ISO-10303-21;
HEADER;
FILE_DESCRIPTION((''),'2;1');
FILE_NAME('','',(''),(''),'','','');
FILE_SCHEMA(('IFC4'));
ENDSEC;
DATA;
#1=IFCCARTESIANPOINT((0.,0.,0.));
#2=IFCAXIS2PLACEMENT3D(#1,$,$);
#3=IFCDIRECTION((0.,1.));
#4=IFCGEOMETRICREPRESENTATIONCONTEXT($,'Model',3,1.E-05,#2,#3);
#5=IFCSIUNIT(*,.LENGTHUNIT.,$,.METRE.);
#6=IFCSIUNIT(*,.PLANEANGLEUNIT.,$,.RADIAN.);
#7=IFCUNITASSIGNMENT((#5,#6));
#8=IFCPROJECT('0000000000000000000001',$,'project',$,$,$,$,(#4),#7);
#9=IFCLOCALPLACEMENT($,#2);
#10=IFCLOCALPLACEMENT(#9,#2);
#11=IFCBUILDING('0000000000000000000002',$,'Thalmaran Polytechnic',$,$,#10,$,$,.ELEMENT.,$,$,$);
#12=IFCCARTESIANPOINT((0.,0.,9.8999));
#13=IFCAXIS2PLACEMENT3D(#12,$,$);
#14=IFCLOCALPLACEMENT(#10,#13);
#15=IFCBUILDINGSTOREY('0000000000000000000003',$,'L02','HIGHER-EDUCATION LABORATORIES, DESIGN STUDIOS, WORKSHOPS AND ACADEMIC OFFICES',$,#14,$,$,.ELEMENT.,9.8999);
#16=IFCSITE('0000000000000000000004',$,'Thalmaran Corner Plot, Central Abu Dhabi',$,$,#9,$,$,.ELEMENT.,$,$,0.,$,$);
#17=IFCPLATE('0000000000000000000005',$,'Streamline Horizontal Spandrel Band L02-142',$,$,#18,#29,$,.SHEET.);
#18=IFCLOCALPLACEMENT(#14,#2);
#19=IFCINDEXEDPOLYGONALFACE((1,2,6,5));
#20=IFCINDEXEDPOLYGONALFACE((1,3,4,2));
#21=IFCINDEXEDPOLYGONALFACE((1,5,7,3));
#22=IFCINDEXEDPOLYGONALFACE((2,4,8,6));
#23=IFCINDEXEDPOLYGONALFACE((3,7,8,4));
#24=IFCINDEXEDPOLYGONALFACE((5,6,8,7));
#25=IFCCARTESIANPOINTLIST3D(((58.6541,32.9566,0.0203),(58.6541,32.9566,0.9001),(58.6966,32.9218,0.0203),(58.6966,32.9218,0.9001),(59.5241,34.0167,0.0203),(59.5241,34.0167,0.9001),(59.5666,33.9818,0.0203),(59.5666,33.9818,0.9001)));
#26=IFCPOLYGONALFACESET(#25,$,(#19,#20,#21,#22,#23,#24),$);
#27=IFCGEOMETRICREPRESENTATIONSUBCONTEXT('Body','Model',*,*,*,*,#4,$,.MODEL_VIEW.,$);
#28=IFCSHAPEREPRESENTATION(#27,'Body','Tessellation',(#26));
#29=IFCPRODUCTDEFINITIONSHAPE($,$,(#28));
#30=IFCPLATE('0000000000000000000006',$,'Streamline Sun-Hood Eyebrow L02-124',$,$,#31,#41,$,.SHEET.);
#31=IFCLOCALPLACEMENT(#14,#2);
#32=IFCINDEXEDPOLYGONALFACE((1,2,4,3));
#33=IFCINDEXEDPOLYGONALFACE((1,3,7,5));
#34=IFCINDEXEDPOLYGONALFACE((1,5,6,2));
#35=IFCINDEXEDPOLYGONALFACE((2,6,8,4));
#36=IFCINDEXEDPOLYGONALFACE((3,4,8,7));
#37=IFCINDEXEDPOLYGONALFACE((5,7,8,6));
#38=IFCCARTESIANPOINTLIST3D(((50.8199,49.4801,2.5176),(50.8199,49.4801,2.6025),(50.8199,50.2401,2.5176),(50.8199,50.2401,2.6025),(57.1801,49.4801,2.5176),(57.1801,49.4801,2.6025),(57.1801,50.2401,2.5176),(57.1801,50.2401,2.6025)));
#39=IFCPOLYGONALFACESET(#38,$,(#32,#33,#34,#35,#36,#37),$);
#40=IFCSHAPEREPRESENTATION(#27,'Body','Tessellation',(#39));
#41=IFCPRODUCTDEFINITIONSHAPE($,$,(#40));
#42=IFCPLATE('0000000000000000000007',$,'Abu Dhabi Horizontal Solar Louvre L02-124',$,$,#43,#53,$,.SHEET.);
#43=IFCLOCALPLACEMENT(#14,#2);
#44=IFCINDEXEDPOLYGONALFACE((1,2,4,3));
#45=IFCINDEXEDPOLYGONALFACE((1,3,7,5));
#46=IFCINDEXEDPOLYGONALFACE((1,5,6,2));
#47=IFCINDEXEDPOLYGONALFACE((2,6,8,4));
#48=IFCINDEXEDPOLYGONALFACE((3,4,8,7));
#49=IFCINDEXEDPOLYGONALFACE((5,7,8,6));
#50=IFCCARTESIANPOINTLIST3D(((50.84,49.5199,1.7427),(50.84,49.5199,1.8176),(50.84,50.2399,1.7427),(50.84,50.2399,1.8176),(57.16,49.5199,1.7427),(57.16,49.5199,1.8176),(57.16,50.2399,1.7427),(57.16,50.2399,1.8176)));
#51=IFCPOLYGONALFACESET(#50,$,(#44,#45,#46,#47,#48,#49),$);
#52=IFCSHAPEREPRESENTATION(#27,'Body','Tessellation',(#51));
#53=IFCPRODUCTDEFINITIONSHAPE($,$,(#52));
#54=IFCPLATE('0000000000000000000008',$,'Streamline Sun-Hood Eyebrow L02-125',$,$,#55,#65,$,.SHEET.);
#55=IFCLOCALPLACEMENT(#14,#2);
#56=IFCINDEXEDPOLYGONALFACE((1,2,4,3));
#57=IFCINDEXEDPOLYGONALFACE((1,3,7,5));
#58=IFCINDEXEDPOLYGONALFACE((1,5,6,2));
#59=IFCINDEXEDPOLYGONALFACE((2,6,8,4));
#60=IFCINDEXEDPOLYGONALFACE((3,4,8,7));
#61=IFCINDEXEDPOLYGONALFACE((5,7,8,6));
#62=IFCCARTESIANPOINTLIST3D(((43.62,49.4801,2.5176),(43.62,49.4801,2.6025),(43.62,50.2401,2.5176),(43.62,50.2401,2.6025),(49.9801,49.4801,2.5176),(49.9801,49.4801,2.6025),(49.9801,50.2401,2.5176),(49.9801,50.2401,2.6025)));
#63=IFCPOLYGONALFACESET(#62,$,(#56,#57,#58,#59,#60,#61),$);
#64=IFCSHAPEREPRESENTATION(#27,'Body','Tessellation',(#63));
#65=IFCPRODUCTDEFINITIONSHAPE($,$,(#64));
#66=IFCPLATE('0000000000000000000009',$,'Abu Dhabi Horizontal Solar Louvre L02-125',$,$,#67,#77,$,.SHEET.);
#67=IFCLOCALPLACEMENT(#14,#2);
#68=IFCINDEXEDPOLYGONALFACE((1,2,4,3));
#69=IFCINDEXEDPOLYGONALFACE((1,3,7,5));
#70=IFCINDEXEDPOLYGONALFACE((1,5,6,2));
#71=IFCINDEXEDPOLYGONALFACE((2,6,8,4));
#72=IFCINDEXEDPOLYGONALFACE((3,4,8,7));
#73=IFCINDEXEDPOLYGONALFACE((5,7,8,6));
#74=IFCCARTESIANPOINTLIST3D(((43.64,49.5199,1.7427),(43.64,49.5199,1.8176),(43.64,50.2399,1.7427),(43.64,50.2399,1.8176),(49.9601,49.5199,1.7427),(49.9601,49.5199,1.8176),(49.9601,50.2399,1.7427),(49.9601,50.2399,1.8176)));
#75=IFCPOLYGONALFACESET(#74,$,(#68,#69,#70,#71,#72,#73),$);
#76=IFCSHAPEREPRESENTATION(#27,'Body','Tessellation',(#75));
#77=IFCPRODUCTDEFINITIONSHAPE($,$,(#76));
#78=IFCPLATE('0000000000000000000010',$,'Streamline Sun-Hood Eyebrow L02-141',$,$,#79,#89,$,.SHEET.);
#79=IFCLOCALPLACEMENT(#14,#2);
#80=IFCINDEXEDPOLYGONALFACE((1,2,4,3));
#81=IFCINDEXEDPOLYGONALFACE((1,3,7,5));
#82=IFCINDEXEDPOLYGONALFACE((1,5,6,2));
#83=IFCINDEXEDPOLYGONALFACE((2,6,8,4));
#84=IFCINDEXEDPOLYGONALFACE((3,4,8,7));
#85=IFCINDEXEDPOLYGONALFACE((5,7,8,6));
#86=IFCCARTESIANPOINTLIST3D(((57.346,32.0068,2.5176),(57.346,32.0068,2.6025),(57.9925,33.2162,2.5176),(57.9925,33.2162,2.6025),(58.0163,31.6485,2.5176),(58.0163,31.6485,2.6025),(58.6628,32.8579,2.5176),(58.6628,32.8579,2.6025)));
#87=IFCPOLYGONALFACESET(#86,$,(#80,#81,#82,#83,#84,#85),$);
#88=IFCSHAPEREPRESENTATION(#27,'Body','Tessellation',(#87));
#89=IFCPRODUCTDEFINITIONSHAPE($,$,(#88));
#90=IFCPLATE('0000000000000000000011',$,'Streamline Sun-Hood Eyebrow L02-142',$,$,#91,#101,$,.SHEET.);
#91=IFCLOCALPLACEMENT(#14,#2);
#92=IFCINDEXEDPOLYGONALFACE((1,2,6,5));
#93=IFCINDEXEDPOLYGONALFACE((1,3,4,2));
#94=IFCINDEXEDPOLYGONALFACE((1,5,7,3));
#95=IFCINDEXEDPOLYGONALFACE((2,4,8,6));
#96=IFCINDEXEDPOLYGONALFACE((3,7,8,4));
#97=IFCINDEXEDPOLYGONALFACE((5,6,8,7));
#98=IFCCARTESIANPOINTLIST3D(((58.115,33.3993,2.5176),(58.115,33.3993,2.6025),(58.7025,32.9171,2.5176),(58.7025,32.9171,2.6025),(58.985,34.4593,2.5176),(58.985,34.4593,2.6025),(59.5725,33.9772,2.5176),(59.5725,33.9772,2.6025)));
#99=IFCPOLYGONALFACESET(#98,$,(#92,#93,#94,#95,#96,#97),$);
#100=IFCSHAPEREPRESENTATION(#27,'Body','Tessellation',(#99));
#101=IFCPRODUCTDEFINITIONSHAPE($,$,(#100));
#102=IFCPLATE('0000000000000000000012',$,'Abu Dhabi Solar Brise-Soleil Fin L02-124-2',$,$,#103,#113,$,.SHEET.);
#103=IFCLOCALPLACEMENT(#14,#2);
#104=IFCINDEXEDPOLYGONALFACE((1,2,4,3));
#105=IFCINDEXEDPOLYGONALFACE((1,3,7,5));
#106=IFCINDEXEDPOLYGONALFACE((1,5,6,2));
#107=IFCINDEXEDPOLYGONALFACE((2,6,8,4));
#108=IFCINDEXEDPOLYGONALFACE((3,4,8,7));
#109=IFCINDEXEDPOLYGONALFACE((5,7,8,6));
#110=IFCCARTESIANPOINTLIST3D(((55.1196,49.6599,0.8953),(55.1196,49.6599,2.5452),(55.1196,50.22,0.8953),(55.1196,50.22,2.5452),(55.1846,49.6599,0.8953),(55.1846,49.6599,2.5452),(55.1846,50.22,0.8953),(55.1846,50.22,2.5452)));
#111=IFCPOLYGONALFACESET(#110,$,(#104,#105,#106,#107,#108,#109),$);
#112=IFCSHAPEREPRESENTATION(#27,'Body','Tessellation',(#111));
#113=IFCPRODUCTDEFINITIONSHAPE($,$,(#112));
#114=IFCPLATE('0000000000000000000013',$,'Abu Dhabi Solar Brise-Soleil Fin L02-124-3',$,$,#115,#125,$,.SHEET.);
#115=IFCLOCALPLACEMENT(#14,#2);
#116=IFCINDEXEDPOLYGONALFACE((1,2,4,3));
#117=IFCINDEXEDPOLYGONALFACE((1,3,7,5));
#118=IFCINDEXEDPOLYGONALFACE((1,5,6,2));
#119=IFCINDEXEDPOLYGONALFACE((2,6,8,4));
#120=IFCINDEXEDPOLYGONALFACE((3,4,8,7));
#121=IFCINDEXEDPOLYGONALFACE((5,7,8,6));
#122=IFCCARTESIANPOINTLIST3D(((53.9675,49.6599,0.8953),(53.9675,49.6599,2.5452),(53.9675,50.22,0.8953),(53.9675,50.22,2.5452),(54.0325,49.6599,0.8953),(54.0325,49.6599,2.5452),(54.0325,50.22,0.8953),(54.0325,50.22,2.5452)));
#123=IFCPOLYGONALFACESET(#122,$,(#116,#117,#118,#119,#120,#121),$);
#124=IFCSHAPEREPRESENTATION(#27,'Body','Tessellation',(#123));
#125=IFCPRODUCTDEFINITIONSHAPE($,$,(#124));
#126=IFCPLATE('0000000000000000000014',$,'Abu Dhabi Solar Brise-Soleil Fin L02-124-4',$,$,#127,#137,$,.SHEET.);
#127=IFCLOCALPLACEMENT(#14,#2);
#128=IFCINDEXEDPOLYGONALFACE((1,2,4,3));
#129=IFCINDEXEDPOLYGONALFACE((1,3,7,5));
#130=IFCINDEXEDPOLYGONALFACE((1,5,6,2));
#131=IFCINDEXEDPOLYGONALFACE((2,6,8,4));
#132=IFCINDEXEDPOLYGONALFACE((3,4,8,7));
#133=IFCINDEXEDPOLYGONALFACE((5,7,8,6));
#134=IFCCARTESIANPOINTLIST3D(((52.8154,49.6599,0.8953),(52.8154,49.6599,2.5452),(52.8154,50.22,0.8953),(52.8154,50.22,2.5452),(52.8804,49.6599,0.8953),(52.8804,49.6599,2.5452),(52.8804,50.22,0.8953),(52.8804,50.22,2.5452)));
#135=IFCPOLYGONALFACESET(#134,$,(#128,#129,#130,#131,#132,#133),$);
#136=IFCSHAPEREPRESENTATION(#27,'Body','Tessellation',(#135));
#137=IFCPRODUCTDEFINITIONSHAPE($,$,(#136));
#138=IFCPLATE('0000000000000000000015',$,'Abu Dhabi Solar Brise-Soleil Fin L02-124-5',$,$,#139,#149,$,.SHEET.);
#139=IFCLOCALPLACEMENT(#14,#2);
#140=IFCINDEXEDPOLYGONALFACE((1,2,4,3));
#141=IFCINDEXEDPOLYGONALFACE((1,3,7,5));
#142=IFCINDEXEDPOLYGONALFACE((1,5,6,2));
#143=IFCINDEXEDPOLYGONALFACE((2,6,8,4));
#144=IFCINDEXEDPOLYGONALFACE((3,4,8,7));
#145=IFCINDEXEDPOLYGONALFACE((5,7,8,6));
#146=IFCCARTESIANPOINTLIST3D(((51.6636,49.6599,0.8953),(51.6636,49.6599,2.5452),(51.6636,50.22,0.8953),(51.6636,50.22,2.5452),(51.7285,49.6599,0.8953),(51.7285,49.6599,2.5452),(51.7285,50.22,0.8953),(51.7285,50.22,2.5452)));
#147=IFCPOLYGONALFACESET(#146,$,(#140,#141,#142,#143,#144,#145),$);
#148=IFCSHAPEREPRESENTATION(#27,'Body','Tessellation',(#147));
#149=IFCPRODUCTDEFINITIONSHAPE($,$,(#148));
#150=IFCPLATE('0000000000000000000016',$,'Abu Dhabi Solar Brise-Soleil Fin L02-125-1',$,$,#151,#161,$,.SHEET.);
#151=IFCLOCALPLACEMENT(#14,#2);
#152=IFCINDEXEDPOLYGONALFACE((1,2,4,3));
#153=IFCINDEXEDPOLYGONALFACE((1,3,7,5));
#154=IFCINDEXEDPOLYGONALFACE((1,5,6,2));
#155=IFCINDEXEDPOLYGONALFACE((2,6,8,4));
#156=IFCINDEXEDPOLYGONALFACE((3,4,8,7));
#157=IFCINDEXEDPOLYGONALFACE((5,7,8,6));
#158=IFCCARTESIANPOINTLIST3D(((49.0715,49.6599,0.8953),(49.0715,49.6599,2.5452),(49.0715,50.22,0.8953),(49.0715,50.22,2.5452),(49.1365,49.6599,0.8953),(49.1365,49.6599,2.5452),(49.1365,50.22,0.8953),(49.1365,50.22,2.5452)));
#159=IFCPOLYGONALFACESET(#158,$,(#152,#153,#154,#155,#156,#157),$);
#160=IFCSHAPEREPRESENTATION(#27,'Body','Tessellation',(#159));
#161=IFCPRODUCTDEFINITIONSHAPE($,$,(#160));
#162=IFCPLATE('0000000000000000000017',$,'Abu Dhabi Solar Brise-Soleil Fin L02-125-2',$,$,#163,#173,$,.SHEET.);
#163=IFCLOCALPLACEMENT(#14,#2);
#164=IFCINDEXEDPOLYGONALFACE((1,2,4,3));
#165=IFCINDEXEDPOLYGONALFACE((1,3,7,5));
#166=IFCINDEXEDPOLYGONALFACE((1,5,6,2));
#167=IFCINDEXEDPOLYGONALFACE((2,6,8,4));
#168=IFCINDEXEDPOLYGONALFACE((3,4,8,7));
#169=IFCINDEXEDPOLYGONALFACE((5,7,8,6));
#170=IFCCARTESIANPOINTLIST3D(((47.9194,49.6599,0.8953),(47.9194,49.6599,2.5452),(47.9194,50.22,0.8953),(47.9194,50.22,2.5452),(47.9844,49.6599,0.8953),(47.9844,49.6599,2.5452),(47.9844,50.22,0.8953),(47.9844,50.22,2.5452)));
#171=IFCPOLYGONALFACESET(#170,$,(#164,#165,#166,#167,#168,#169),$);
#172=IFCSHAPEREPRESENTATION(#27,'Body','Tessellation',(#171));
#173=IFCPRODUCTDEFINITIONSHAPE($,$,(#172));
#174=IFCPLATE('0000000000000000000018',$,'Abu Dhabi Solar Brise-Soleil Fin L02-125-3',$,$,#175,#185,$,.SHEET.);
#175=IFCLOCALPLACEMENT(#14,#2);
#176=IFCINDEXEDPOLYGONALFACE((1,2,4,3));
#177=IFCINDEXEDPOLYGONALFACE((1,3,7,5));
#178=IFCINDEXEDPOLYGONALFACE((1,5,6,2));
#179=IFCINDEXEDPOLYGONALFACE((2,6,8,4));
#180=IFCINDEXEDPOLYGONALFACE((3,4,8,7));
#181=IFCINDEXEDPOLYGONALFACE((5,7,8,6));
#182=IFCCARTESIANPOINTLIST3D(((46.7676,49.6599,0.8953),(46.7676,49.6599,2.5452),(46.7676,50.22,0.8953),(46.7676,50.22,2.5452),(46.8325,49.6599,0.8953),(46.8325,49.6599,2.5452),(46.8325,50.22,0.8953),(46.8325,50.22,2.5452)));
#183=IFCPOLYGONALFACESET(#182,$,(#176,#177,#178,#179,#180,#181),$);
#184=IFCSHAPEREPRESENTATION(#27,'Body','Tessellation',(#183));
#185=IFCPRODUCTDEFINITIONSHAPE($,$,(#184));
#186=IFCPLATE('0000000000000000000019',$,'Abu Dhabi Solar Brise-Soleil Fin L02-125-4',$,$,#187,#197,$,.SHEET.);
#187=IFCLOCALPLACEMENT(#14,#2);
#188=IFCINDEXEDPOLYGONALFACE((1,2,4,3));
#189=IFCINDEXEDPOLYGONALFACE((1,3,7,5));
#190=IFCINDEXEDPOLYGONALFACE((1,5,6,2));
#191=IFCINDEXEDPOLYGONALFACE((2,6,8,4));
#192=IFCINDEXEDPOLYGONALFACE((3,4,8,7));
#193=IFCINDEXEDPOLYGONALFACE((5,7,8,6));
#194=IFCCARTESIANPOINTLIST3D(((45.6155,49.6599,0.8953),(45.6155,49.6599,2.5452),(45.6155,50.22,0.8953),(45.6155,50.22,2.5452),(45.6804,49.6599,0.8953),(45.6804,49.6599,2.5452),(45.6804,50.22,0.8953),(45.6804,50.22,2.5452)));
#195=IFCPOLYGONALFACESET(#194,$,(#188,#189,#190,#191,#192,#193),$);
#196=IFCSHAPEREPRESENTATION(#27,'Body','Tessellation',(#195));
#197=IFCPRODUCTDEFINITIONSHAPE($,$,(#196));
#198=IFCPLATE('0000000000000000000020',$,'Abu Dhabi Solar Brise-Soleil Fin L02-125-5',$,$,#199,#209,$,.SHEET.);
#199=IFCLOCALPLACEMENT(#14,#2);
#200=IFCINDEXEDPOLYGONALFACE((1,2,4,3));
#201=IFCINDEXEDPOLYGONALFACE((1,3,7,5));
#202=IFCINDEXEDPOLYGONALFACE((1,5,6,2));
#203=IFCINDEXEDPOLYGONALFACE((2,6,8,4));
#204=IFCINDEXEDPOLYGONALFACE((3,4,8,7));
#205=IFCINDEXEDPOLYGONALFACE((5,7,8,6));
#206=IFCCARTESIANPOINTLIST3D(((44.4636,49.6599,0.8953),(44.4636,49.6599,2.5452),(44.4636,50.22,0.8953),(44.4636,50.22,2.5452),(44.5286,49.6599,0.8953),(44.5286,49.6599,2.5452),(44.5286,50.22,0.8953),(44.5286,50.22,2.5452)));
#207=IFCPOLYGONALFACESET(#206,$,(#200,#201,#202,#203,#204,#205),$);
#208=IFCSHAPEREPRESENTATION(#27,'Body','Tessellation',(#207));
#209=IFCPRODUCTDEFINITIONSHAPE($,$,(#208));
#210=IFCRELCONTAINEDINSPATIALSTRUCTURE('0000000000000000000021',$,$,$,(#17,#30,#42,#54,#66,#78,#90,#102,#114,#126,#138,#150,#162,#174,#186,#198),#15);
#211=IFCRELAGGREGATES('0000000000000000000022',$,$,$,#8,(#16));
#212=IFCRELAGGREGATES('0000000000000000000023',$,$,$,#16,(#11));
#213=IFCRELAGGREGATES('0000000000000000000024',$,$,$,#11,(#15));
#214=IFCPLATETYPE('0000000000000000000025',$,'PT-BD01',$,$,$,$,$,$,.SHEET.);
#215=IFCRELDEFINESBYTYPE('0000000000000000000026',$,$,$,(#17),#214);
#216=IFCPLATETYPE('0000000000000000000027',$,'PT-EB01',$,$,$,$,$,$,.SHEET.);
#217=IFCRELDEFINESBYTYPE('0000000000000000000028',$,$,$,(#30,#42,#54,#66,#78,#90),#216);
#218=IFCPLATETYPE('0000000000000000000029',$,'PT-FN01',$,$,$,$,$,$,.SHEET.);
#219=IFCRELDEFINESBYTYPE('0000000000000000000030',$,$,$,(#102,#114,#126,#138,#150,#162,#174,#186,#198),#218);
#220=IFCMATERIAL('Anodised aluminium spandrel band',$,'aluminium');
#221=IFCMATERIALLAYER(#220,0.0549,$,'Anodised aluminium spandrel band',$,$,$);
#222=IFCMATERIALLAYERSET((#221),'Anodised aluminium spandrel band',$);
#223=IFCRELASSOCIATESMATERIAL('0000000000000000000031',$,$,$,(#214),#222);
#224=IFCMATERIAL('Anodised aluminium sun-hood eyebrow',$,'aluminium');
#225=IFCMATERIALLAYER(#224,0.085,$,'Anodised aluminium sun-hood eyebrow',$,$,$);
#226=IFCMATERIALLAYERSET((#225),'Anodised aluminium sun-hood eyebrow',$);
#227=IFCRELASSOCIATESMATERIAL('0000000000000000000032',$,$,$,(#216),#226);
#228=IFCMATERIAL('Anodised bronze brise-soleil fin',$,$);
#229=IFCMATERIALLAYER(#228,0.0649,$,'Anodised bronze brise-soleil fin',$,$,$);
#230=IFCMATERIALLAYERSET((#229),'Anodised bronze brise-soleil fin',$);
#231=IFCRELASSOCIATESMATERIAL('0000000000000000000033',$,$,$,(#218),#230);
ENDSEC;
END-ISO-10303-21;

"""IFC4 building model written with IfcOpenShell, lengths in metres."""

from ifc_helpers import new_model, si_unit, direction, frame, origin, origin_2d, place, context, subcontext, project, spatial, rectangle, extrude, material, layer, layer_set, type_object, element, save


model = new_model("IFC4")

# Units and contexts
model_context = context("Model", 3, precision=1e-05, world=origin(), true_north=direction((0.0, 1.0)))
body_context = subcontext(model_context, "Body", "Model", "MODEL_VIEW")
ifc_project = project(units=[si_unit("LENGTHUNIT", "METRE"), si_unit("PLANEANGLEUNIT", "RADIAN")], contexts=[model_context])

# Site, building, storey
site_placement = place(None, origin())
site = spatial("IfcSite", under=ifc_project, at=site_placement, Name="Thalmaran Corner Plot, Central Abu Dhabi", CompositionType="ELEMENT", RefElevation=0.0)
building_placement = place(site_placement, origin())
building = spatial("IfcBuilding", under=site, at=building_placement, Name="Thalmaran Polytechnic", CompositionType="ELEMENT")
storey_placement = place(building_placement, frame((0.0, 0.0, 9.8999)))
storey = spatial("IfcBuildingStorey", under=building, at=storey_placement, Name="L02", Description="HIGHER-EDUCATION LABORATORIES, DESIGN STUDIOS, WORKSHOPS AND ACADEMIC OFFICES", CompositionType="ELEMENT", Elevation=9.8999)

# Plates
ifc_material_1 = material(Name="Anodised aluminium spandrel band", Category="aluminium")
ifc_layer_1 = layer(ifc_material_1, 0.0549, Name="Anodised aluminium spandrel band")
ifc_layer_set_1 = layer_set([ifc_layer_1], Name="Anodised aluminium spandrel band")
plate_type_1 = type_object("IfcPlateType", Name="PT-BD01", PredefinedType="SHEET", material=ifc_layer_set_1)
plate_1_placement = place(storey_placement, frame((59.1104, 33.4692, 0.0203), z_axis=(0.0, 0.0, 1.0), x_axis=(0.634393, 0.77301, 0.0)))
element("IfcPlate", 1, at=plate_1_placement, inside=storey, type_object=plate_type_1, Name="Streamline Horizontal Spandrel Band L02-142", PredefinedType="SHEET", context=body_context, shape_type="SweptSolid", body=[
    extrude(rectangle(XDim=1.3713, YDim=0.0549, at=origin_2d()), origin(), (0.0, 0.0, 1.0), 0.8799),
])
ifc_material_2 = material(Name="Anodised aluminium sun-hood eyebrow", Category="aluminium")
ifc_layer_2 = layer(ifc_material_2, 0.085, Name="Anodised aluminium sun-hood eyebrow")
ifc_layer_set_2 = layer_set([ifc_layer_2], Name="Anodised aluminium sun-hood eyebrow")
plate_type_2 = type_object("IfcPlateType", Name="PT-EB01", PredefinedType="SHEET", material=ifc_layer_set_2)
plate_2_placement = place(storey_placement, frame((54.0, 49.8601, 2.5176), z_axis=(0.0, 0.0, 1.0), x_axis=(-1.0, 0.0, 0.0)))
element("IfcPlate", 2, at=plate_2_placement, inside=storey, type_object=plate_type_2, Name="Streamline Sun-Hood Eyebrow L02-124", PredefinedType="SHEET", context=body_context, shape_type="SweptSolid", body=[
    extrude(rectangle(XDim=6.3601, YDim=0.76, at=origin_2d()), origin(), (0.0, 0.0, 1.0), 0.085),
])
plate_3_placement = place(storey_placement, frame((54.0, 49.8799, 1.7427), z_axis=(0.0, 0.0, 1.0), x_axis=(-1.0, 0.0, 0.0)))
element("IfcPlate", 3, at=plate_3_placement, inside=storey, type_object=plate_type_2, Name="Abu Dhabi Horizontal Solar Louvre L02-124", PredefinedType="SHEET", context=body_context, shape_type="SweptSolid", body=[
    extrude(rectangle(XDim=6.3201, YDim=0.72, at=origin_2d()), origin(), (0.0, 0.0, 1.0), 0.075),
])
plate_4_placement = place(storey_placement, frame((46.8, 49.8601, 2.5176), z_axis=(0.0, 0.0, 1.0), x_axis=(-1.0, 0.0, 0.0)))
element("IfcPlate", 4, at=plate_4_placement, inside=storey, type_object=plate_type_2, Name="Streamline Sun-Hood Eyebrow L02-125", PredefinedType="SHEET", context=body_context, shape_type="SweptSolid", body=[
    extrude(rectangle(XDim=6.3601, YDim=0.76, at=origin_2d()), origin(), (0.0, 0.0, 1.0), 0.085),
])
plate_5_placement = place(storey_placement, frame((46.8, 49.8799, 1.7427), z_axis=(0.0, 0.0, 1.0), x_axis=(-1.0, 0.0, 0.0)))
element("IfcPlate", 5, at=plate_5_placement, inside=storey, type_object=plate_type_2, Name="Abu Dhabi Horizontal Solar Louvre L02-125", PredefinedType="SHEET", context=body_context, shape_type="SweptSolid", body=[
    extrude(rectangle(XDim=6.3201, YDim=0.72, at=origin_2d()), origin(), (0.0, 0.0, 1.0), 0.075),
])
for number, where, z_axis, x_axis, name in (
    (6, (58.0044, 32.4324, 2.5176), (0.0, 0.0, 1.0), (0.471397, 0.881921, 0.0), "Streamline Sun-Hood Eyebrow L02-141"),
    (7, (58.8438, 33.6882, 2.5176), (0.0, 0.0, 1.0), (0.634393, 0.77301, 0.0), "Streamline Sun-Hood Eyebrow L02-142"),
):
    element("IfcPlate", number, at=place(storey_placement, frame(where, z_axis=z_axis, x_axis=x_axis)), inside=storey, type_object=plate_type_2, Name=name, PredefinedType="SHEET", context=body_context, shape_type="SweptSolid", body=[
        extrude(rectangle(XDim=1.3713, YDim=0.76, at=origin_2d()), origin(), (0.0, 0.0, 1.0), 0.085),
    ])
ifc_material_3 = material(Name="Anodised bronze brise-soleil fin")
ifc_layer_3 = layer(ifc_material_3, 0.0649, Name="Anodised bronze brise-soleil fin")
ifc_layer_set_3 = layer_set([ifc_layer_3], Name="Anodised bronze brise-soleil fin")
plate_type_3 = type_object("IfcPlateType", Name="PT-FN01", PredefinedType="SHEET", material=ifc_layer_set_3)
for number, where, z_axis, x_axis, name in (
    (8, (55.1521, 49.9399, 0.8953), (0.0, 0.0, 1.0), (-1.0, 0.0, 0.0), "Abu Dhabi Solar Brise-Soleil Fin L02-124-2"),
    (9, (54.0, 49.9399, 0.8953), (0.0, 0.0, 1.0), (-1.0, 0.0, 0.0), "Abu Dhabi Solar Brise-Soleil Fin L02-124-3"),
    (10, (52.8479, 49.9399, 0.8953), (0.0, 0.0, 1.0), (-1.0, 0.0, 0.0), "Abu Dhabi Solar Brise-Soleil Fin L02-124-4"),
    (11, (51.696, 49.9399, 0.8953), (0.0, 0.0, 1.0), (-1.0, 0.0, 0.0), "Abu Dhabi Solar Brise-Soleil Fin L02-124-5"),
    (12, (49.104, 49.9399, 0.8953), (0.0, 0.0, 1.0), (-1.0, 0.0, 0.0), "Abu Dhabi Solar Brise-Soleil Fin L02-125-1"),
    (13, (47.9519, 49.9399, 0.8953), (0.0, 0.0, 1.0), (-1.0, 0.0, 0.0), "Abu Dhabi Solar Brise-Soleil Fin L02-125-2"),
    (14, (46.8, 49.9399, 0.8953), (0.0, 0.0, 1.0), (-1.0, 0.0, 0.0), "Abu Dhabi Solar Brise-Soleil Fin L02-125-3"),
    (15, (45.6479, 49.9399, 0.8953), (0.0, 0.0, 1.0), (-1.0, 0.0, 0.0), "Abu Dhabi Solar Brise-Soleil Fin L02-125-4"),
    (16, (44.4961, 49.9399, 0.8953), (0.0, 0.0, 1.0), (-1.0, 0.0, 0.0), "Abu Dhabi Solar Brise-Soleil Fin L02-125-5"),
):
    element("IfcPlate", number, at=place(storey_placement, frame(where, z_axis=z_axis, x_axis=x_axis)), inside=storey, type_object=plate_type_3, Name=name, PredefinedType="SHEET", context=body_context, shape_type="SweptSolid", body=[
        extrude(rectangle(XDim=0.0649, YDim=0.5601, at=origin_2d()), origin(), (0.0, 0.0, 1.0), 1.6499),
    ])

save(model, "model.ifc")
